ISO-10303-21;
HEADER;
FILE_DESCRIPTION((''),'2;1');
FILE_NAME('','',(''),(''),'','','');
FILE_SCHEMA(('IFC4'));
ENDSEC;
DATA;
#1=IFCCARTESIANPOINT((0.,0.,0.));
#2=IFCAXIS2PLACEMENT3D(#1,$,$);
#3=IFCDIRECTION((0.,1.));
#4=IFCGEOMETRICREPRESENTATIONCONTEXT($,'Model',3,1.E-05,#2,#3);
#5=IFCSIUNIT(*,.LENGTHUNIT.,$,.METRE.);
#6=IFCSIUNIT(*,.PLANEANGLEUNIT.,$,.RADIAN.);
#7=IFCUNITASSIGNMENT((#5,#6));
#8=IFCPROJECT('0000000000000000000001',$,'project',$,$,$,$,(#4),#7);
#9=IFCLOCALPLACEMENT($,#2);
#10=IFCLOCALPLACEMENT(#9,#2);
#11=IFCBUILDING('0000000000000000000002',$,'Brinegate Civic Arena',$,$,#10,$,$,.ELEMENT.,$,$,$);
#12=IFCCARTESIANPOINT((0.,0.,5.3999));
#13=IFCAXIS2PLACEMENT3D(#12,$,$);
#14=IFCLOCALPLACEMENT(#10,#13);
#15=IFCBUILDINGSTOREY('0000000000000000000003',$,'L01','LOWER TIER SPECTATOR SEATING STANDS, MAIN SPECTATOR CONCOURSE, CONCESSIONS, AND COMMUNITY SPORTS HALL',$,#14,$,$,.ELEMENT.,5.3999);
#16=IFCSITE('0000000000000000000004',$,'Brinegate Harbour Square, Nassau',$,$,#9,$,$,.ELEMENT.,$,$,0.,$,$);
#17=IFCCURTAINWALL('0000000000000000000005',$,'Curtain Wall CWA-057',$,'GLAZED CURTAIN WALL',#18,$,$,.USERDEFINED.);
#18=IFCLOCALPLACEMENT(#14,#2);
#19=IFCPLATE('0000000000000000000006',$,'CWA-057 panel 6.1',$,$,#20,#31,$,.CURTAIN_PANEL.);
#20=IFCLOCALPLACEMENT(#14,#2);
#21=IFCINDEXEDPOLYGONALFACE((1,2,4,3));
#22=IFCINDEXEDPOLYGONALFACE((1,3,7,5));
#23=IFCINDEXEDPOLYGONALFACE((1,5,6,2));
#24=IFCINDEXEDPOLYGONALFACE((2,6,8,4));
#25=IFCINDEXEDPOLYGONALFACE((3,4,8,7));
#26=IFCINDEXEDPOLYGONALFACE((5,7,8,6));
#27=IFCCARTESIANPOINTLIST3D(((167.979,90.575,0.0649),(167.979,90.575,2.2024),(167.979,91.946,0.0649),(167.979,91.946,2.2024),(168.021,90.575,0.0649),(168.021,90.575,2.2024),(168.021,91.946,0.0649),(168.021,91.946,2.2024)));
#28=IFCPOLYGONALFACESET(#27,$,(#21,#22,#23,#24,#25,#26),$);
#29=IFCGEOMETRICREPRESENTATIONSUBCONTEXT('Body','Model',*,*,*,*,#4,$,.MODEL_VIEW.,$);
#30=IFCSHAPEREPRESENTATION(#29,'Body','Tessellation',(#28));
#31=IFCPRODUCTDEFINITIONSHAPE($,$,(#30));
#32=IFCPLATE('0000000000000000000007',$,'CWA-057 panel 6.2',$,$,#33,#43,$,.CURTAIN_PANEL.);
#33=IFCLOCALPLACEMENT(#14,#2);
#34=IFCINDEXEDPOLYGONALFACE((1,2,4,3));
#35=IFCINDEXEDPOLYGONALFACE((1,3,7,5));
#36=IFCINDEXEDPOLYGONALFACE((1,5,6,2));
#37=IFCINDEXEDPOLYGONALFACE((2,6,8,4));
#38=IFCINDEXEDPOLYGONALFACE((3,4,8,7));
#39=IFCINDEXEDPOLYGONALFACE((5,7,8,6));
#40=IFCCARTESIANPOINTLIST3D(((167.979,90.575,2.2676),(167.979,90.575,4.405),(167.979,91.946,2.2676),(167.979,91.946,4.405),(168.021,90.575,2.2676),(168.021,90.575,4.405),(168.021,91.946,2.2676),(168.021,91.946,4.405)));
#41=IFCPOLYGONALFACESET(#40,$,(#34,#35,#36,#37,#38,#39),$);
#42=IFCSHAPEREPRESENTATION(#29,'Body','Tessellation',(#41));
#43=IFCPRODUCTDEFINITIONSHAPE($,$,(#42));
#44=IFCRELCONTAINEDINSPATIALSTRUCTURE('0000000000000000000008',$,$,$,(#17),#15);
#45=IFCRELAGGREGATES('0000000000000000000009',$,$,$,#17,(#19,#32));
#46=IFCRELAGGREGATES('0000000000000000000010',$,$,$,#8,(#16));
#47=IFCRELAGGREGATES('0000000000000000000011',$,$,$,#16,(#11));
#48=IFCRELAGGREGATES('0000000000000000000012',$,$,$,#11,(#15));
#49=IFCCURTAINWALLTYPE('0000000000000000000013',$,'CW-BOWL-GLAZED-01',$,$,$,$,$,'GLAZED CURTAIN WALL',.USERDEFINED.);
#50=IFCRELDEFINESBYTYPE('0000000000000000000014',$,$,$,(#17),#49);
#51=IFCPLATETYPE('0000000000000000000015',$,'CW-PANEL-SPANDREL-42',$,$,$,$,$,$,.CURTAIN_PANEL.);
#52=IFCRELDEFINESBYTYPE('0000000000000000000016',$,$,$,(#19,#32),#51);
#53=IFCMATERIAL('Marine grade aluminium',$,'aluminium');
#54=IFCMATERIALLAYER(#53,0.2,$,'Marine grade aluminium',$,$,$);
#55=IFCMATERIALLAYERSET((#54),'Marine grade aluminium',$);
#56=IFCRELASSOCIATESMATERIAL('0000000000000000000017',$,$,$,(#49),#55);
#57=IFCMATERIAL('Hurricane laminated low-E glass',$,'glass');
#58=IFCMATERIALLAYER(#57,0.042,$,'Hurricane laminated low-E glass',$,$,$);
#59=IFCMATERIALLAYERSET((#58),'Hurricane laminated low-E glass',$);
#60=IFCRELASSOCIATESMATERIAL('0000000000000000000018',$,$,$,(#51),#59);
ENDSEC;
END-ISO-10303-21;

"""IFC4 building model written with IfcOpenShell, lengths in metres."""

from ifc_helpers import new_model, si_unit, direction, frame, origin, origin_2d, place, context, subcontext, project, spatial, rectangle, extrude, material, layer, layer_set, type_object, element, aggregate, save


model = new_model("IFC4")

# Units and contexts
model_context = context("Model", 3, precision=1e-05, world=origin(), true_north=direction((0.0, 1.0)))
body_context = subcontext(model_context, "Body", "Model", "MODEL_VIEW")
ifc_project = project(units=[si_unit("LENGTHUNIT", "METRE"), si_unit("PLANEANGLEUNIT", "RADIAN")], contexts=[model_context])

# Site, building, storey
site_placement = place(None, origin())
site = spatial("IfcSite", under=ifc_project, at=site_placement, Name="Brinegate Harbour Square, Nassau", CompositionType="ELEMENT", RefElevation=0.0)
building_placement = place(site_placement, origin())
building = spatial("IfcBuilding", under=site, at=building_placement, Name="Brinegate Civic Arena", CompositionType="ELEMENT")
storey_placement = place(building_placement, frame((0.0, 0.0, 5.3999)))
storey = spatial("IfcBuildingStorey", under=building, at=storey_placement, Name="L01", Description="LOWER TIER SPECTATOR SEATING STANDS, MAIN SPECTATOR CONCOURSE, CONCESSIONS, AND COMMUNITY SPORTS HALL", CompositionType="ELEMENT", Elevation=5.3999)

# Curtain wall
ifc_material_1 = material(Name="Marine grade aluminium", Category="aluminium")
ifc_layer_1 = layer(ifc_material_1, 0.2, Name="Marine grade aluminium")
ifc_layer_set_1 = layer_set([ifc_layer_1], Name="Marine grade aluminium")
curtain_wall_type = type_object("IfcCurtainWallType", Name="CW-BOWL-GLAZED-01", ElementType="GLAZED CURTAIN WALL", PredefinedType="USERDEFINED", material=ifc_layer_set_1)
curtain_wall_1_placement = place(storey_placement, origin())
curtain_wall_1 = element("IfcCurtainWall", 1, at=curtain_wall_1_placement, inside=storey, type_object=curtain_wall_type, Name="Curtain Wall CWA-057", ObjectType="GLAZED CURTAIN WALL", PredefinedType="USERDEFINED")

# Plates
ifc_material_2 = material(Name="Hurricane laminated low-E glass", Category="glass")
ifc_layer_2 = layer(ifc_material_2, 0.042, Name="Hurricane laminated low-E glass")
ifc_layer_set_2 = layer_set([ifc_layer_2], Name="Hurricane laminated low-E glass")
plate_type_1 = type_object("IfcPlateType", Name="CW-PANEL-SPANDREL-42", PredefinedType="CURTAIN_PANEL", material=ifc_layer_set_2)
plate_1_placement = place(storey_placement, frame((168.0, 91.2605, 0.0649), z_axis=(0.0, 0.0, 1.0), x_axis=(0.0, 1.0, 0.0)))
plate_1 = element("IfcPlate", 2, at=plate_1_placement, type_object=plate_type_1, Name="CWA-057 panel 6.1", PredefinedType="CURTAIN_PANEL", context=body_context, shape_type="SweptSolid", body=[
    extrude(rectangle(XDim=1.3711, YDim=0.042, at=origin_2d()), origin(), (0.0, 0.0, 1.0), 2.1375),
])
plate_2_placement = place(storey_placement, frame((168.0, 91.2605, 2.2676), z_axis=(0.0, 0.0, 1.0), x_axis=(0.0, 1.0, 0.0)))
plate_2 = element("IfcPlate", 3, at=plate_2_placement, type_object=plate_type_1, Name="CWA-057 panel 6.2", PredefinedType="CURTAIN_PANEL", context=body_context, shape_type="SweptSolid", body=[
    extrude(rectangle(XDim=1.3711, YDim=0.042, at=origin_2d()), origin(), (0.0, 0.0, 1.0), 2.1375),
])
aggregate(curtain_wall_1, [plate_1, plate_2])

save(model, "model.ifc")
